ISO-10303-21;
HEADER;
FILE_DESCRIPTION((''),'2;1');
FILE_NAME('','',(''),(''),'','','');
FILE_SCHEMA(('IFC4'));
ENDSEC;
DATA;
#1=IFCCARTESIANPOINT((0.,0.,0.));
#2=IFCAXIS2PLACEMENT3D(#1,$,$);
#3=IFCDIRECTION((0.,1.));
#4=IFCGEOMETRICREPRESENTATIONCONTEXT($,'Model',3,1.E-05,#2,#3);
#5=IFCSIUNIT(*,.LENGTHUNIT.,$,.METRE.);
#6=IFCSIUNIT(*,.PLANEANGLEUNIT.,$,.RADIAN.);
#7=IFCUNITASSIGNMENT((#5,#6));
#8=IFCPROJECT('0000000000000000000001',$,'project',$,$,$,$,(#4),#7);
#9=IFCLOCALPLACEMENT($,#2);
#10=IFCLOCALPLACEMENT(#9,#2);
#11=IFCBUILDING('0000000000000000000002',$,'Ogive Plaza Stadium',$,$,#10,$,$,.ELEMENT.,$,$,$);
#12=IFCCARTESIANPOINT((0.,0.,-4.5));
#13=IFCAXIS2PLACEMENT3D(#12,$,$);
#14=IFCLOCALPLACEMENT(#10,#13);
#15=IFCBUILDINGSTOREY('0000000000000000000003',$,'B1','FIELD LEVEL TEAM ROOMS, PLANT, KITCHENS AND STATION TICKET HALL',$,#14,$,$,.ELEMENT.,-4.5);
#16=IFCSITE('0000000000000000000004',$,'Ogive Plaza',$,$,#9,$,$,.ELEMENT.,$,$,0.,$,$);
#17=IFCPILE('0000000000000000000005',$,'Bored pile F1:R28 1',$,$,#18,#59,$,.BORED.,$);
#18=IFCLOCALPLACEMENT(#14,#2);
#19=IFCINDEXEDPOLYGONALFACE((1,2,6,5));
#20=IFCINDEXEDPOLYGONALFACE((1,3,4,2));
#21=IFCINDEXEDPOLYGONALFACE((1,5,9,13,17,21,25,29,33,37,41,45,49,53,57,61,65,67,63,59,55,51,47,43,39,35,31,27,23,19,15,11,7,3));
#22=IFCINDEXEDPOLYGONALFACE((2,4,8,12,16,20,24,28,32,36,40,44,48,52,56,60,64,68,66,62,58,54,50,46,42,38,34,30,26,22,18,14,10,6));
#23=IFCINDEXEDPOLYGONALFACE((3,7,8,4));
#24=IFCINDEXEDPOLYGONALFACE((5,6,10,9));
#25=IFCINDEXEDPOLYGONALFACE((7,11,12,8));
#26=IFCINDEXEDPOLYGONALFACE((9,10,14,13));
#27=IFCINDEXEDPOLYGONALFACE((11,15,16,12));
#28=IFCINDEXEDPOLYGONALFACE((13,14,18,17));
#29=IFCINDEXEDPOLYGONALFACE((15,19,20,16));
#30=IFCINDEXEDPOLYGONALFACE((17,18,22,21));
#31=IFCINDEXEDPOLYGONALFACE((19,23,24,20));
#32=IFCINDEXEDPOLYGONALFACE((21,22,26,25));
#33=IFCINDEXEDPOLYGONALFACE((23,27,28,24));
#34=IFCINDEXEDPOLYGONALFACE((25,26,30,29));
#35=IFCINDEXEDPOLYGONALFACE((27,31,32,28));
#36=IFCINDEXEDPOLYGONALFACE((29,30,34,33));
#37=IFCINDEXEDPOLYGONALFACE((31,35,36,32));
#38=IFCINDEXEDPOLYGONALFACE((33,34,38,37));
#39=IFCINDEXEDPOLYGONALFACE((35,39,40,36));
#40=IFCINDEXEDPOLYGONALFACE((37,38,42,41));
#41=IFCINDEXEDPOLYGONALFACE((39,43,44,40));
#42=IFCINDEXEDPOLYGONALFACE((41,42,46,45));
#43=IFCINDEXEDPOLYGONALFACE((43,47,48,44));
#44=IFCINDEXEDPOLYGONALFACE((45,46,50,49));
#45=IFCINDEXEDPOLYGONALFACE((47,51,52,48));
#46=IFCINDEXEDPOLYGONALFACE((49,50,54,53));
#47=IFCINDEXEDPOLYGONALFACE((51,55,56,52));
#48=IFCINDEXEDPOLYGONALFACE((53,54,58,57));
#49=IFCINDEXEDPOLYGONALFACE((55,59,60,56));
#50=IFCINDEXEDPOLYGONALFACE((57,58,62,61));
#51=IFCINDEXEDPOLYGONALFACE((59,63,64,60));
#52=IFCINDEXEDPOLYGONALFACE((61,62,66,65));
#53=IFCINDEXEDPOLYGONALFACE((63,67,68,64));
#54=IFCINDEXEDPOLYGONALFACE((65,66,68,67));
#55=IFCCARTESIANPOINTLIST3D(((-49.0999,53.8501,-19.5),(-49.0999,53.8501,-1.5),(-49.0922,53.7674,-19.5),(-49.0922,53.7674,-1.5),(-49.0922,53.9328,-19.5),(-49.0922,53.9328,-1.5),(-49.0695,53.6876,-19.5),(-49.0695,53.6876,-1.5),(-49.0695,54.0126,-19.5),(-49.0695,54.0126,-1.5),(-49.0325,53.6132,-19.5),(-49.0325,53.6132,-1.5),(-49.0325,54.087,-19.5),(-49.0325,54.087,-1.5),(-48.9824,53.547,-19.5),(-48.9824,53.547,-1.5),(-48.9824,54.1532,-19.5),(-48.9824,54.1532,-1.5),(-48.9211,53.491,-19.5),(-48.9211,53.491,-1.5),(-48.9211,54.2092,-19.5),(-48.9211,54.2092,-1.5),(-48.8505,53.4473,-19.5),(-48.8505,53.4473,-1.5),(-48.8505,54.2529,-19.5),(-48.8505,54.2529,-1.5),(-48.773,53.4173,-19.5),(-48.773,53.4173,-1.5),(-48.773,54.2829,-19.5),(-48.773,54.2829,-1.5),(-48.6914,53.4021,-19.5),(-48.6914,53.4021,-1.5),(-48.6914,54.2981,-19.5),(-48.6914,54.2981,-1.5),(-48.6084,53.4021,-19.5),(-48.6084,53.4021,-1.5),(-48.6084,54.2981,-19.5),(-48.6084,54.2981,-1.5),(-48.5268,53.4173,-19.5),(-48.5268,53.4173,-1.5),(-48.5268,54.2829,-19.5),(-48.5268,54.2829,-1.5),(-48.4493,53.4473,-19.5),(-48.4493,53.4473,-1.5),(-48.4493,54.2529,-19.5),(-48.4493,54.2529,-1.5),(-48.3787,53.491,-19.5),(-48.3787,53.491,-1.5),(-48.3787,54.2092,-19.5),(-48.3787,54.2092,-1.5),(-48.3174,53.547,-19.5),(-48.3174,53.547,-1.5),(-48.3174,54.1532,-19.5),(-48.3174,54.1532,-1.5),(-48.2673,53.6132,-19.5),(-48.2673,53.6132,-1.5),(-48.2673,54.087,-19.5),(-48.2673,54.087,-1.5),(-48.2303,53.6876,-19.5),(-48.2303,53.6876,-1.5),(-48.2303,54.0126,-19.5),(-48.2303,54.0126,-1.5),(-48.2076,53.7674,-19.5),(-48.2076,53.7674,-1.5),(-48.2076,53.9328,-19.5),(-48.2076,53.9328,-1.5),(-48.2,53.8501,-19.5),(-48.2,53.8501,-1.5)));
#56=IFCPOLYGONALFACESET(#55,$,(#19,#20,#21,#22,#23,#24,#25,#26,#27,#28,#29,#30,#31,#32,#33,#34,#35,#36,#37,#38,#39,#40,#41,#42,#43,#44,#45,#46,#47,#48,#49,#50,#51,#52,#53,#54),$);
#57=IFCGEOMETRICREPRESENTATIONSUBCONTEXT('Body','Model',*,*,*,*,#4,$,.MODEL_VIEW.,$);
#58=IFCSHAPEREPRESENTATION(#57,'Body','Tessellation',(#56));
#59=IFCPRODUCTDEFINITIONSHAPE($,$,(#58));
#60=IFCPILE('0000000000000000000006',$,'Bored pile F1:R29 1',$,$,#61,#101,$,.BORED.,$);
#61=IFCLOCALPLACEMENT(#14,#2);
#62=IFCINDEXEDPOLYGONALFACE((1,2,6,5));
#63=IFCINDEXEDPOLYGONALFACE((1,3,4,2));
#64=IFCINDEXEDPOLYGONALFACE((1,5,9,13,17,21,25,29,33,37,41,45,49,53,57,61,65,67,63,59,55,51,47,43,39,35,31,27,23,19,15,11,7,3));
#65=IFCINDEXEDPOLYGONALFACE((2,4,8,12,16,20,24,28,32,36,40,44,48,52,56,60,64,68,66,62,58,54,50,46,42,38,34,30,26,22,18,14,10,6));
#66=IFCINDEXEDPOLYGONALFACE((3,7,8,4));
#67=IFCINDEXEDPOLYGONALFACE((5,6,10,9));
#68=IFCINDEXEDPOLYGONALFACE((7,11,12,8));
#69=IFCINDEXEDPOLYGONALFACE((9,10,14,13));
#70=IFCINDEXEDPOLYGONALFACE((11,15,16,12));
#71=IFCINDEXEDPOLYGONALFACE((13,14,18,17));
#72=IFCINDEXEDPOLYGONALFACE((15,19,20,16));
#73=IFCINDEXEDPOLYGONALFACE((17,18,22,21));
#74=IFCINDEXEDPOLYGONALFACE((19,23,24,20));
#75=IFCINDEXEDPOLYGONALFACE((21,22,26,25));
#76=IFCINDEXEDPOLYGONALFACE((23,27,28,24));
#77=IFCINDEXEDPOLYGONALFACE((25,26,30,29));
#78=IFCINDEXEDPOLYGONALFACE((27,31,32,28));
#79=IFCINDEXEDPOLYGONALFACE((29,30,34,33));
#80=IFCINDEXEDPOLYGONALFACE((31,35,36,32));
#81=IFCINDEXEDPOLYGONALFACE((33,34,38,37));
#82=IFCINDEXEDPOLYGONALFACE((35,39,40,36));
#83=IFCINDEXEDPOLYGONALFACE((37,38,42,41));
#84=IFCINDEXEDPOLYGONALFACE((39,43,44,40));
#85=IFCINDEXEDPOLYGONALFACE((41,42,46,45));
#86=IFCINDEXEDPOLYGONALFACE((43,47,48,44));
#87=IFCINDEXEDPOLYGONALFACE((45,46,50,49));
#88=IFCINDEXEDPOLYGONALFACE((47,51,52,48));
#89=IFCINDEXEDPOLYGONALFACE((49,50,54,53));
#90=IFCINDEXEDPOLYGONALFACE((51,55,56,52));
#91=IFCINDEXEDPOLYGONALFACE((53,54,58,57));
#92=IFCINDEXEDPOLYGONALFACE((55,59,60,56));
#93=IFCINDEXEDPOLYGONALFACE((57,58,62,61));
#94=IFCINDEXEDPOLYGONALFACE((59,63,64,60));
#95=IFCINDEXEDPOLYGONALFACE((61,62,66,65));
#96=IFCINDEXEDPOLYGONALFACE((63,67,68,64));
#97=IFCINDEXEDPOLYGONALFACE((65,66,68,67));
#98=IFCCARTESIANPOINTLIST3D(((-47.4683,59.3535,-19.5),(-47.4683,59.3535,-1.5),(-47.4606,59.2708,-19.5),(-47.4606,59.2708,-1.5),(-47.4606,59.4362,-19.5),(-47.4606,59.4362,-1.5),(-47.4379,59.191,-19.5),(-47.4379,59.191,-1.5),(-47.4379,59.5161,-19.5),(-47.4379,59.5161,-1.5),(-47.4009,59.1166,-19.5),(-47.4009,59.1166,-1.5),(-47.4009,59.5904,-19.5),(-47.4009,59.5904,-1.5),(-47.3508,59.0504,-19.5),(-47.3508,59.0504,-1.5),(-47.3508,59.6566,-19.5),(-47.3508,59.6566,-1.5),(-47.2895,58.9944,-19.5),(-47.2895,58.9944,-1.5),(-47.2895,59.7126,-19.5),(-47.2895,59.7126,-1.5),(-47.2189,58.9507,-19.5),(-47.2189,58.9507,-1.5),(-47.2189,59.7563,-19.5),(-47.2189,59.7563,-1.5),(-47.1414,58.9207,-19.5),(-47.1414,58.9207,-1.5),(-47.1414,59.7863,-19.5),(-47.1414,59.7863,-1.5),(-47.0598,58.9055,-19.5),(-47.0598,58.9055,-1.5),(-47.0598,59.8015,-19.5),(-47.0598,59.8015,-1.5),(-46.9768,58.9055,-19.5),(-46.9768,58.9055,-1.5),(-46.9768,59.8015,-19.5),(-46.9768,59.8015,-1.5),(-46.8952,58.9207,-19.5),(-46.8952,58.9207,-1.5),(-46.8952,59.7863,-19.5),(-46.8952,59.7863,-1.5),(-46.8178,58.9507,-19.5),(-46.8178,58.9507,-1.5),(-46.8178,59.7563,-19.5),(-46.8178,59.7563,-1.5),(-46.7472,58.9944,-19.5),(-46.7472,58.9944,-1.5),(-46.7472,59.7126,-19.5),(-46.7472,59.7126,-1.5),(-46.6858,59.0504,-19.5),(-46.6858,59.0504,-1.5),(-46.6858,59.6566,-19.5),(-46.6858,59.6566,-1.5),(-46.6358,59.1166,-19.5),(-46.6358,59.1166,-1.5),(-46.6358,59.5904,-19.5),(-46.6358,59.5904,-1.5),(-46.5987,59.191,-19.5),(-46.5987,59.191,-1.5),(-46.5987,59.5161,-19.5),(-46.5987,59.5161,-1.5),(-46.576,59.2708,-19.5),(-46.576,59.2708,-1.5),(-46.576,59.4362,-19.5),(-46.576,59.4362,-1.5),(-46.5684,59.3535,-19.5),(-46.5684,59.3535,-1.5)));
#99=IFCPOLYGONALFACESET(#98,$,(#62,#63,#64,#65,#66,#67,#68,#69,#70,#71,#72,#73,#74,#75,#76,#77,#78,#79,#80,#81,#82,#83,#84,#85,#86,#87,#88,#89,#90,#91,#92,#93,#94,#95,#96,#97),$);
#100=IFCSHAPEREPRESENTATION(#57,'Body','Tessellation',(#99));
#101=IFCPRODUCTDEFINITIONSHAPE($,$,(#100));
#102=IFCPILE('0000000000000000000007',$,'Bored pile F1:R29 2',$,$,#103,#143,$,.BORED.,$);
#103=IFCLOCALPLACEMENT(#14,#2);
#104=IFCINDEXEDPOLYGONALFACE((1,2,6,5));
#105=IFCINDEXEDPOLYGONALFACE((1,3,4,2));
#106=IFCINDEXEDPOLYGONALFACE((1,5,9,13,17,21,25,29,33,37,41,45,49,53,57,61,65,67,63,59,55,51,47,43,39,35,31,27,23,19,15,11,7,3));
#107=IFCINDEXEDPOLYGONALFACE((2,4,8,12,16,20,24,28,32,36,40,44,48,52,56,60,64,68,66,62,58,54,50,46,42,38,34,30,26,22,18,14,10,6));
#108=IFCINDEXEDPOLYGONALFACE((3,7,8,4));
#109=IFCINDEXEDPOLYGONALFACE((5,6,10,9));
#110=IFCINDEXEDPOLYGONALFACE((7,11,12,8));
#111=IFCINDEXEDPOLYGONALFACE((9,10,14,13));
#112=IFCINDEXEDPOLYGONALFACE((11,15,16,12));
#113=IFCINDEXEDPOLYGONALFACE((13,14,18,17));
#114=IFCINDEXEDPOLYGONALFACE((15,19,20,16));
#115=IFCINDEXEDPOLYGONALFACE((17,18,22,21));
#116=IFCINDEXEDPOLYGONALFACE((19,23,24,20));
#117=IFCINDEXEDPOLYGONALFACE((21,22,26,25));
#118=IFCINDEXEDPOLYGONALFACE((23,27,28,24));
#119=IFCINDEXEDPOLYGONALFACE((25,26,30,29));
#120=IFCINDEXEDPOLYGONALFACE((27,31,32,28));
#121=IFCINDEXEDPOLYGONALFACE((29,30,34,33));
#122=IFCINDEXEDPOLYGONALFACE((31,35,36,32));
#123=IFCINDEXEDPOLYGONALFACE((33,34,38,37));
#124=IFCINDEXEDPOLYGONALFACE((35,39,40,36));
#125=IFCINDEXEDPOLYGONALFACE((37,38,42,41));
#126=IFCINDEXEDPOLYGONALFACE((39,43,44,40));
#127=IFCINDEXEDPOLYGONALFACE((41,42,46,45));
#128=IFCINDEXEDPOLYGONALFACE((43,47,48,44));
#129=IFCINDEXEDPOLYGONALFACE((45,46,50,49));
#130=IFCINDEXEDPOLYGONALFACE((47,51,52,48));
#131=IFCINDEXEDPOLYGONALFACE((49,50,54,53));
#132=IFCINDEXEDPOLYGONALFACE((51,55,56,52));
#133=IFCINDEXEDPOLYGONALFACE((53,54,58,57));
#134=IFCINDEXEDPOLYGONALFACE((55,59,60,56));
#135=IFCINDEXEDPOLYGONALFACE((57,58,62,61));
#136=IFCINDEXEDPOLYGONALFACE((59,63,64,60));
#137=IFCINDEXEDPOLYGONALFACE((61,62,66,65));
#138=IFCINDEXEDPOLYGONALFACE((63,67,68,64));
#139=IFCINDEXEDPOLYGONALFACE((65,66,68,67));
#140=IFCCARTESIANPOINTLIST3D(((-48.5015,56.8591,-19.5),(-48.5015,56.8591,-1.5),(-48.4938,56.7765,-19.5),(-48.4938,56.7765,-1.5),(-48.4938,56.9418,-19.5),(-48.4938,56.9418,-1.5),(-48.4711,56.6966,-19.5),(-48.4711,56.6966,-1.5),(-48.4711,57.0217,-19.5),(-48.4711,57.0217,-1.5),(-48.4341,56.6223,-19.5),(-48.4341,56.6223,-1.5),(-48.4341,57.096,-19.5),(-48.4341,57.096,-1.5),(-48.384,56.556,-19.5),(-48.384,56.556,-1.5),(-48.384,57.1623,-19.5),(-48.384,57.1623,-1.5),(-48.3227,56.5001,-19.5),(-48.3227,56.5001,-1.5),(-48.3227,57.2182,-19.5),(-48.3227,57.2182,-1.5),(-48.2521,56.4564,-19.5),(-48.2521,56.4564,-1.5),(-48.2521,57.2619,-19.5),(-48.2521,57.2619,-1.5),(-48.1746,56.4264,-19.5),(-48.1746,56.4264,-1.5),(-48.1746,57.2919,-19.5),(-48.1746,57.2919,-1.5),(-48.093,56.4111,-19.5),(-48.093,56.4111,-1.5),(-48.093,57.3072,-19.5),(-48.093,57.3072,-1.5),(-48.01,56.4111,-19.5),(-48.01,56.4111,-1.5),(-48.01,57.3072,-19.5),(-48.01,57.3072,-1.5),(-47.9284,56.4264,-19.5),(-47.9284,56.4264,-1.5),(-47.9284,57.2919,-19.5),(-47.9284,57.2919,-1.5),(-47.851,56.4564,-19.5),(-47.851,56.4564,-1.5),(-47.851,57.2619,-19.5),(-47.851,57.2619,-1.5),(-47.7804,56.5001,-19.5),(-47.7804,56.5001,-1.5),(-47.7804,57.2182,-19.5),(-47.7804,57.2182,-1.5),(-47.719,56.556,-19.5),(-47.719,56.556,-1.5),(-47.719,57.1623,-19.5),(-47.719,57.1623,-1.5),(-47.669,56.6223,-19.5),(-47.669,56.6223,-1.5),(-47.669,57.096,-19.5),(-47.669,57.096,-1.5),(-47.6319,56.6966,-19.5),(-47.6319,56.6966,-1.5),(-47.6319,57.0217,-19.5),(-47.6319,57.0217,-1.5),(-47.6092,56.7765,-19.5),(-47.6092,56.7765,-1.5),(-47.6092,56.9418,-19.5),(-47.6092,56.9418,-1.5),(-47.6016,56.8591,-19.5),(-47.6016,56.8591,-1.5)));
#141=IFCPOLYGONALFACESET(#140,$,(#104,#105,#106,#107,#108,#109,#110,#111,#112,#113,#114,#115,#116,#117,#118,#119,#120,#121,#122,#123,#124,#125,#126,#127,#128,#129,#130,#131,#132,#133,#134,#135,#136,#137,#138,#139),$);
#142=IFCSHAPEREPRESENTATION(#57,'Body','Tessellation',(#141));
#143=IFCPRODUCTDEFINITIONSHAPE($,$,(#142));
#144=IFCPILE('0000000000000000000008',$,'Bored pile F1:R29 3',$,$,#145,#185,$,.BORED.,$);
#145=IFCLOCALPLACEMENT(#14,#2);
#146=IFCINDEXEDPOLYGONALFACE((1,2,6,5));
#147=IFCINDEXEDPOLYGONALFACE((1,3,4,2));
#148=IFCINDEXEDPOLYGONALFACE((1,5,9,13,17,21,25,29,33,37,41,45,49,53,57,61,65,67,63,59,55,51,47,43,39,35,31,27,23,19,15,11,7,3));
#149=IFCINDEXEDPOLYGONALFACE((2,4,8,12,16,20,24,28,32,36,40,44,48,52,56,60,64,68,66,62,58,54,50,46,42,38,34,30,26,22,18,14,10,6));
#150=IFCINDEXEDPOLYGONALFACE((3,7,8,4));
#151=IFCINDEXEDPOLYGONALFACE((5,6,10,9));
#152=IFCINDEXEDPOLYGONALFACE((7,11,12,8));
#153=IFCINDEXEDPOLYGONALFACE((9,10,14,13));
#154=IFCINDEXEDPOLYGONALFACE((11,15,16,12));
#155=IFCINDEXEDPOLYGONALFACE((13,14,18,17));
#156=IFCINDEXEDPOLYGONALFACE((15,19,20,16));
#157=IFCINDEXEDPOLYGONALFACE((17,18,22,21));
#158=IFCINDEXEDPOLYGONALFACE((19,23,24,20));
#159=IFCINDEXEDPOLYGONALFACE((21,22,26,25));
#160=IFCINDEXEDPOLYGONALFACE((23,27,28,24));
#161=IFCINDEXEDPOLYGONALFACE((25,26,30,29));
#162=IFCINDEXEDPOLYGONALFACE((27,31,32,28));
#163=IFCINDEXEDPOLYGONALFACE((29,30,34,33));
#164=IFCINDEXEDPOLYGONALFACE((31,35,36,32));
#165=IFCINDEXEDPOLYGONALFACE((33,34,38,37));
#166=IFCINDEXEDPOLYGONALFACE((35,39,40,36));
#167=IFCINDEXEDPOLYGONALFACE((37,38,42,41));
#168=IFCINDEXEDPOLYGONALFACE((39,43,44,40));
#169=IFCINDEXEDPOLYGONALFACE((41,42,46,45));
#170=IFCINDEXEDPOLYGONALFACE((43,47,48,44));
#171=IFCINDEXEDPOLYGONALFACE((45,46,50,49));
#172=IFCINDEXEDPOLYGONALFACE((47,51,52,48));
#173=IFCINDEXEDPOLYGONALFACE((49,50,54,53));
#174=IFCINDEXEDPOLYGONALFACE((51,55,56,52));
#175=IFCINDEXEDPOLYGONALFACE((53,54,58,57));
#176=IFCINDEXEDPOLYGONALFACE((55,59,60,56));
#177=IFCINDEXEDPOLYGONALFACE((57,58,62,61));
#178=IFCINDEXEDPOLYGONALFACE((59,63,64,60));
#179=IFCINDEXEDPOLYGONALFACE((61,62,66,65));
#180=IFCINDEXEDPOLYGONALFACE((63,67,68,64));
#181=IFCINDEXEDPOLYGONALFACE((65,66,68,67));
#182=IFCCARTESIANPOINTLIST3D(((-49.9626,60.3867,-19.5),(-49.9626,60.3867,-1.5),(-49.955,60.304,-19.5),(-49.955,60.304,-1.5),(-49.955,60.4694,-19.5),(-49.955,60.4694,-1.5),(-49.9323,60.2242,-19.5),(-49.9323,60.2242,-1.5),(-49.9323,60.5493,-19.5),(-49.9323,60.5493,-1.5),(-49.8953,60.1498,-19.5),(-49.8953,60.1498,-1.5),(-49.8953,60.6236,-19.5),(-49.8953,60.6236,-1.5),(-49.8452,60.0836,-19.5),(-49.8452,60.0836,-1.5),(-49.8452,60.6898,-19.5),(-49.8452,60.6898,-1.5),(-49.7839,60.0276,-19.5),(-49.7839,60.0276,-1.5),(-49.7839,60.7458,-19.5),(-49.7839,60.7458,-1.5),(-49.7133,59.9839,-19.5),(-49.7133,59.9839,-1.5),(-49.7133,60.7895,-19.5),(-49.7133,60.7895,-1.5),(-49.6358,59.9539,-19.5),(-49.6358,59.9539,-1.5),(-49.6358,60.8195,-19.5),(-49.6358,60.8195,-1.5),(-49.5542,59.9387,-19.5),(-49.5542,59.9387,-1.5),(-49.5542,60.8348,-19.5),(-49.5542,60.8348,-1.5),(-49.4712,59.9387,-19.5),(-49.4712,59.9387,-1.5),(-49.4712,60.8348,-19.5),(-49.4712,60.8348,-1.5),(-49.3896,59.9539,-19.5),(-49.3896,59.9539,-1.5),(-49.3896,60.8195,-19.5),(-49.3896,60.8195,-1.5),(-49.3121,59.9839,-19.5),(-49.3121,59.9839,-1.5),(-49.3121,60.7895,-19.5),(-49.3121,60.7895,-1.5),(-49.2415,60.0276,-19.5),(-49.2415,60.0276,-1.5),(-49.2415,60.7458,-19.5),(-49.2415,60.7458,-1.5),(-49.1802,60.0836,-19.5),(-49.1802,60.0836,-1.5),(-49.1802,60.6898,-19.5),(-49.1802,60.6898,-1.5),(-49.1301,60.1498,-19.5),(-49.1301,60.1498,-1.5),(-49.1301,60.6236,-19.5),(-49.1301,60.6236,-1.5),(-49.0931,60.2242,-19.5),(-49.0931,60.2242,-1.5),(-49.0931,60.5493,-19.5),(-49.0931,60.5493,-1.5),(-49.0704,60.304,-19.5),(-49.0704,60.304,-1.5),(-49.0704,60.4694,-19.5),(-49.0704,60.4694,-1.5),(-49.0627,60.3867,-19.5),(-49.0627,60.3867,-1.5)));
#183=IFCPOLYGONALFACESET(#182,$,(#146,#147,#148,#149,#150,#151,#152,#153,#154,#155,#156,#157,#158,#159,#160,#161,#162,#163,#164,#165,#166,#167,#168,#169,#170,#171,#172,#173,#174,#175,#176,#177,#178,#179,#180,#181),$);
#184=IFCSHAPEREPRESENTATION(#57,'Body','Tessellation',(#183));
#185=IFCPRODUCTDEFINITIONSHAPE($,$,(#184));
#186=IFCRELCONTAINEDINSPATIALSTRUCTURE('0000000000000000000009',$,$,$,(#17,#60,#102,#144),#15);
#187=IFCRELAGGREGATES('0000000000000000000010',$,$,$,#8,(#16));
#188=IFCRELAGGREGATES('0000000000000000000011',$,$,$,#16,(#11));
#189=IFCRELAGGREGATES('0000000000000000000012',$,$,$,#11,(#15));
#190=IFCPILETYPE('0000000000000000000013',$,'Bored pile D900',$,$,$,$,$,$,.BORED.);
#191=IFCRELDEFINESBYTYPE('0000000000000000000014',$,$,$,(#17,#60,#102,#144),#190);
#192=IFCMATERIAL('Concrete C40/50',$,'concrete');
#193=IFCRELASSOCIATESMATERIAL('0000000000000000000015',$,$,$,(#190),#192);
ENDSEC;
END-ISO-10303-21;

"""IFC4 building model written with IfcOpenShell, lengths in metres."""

from ifc_helpers import new_model, si_unit, direction, frame, origin, origin_2d, place, context, subcontext, project, spatial, circle, extrude, material, material_profile, profile_set, type_object, element, save


model = new_model("IFC4")

# Units and contexts
model_context = context("Model", 3, precision=1e-05, world=origin(), true_north=direction((0.0, 1.0)))
body_context = subcontext(model_context, "Body", "Model", "MODEL_VIEW")
ifc_project = project(units=[si_unit("LENGTHUNIT", "METRE"), si_unit("PLANEANGLEUNIT", "RADIAN")], contexts=[model_context])

# Site, building, storey
site_placement = place(None, origin())
site = spatial("IfcSite", under=ifc_project, at=site_placement, Name="Ogive Plaza", CompositionType="ELEMENT", RefElevation=0.0)
building_placement = place(site_placement, origin())
building = spatial("IfcBuilding", under=site, at=building_placement, Name="Ogive Plaza Stadium", CompositionType="ELEMENT")
storey_placement = place(building_placement, frame((0.0, 0.0, -4.5)))
storey = spatial("IfcBuildingStorey", under=building, at=storey_placement, Name="B1", Description="FIELD LEVEL TEAM ROOMS, PLANT, KITCHENS AND STATION TICKET HALL", CompositionType="ELEMENT", Elevation=-4.5)

# Piles
ifc_material_1 = material(Name="Concrete C40/50", Category="concrete")
ifc_material_profile_1 = material_profile(ifc_material_1, circle(Radius=0.45, at=origin_2d()), Name="RC D900")
ifc_profile_set_1 = profile_set([ifc_material_profile_1], Name="Concrete C40/50")
pile_type = type_object("IfcPileType", Name="Bored pile D900", PredefinedType="BORED", material=ifc_profile_set_1)
for number, where, z_axis, x_axis, name in (
    (1, (-48.6499, 53.8501, -1.5), (0.0, 0.0, -1.0), (1.0, 0.0, 0.0), "Bored pile F1:R28 1"),
    (2, (-47.0183, 59.3535, -1.5), (0.0, 0.0, -1.0), (1.0, 0.0, 0.0), "Bored pile F1:R29 1"),
    (3, (-48.0515, 56.8591, -1.5), (0.0, 0.0, -1.0), (1.0, 0.0, 0.0), "Bored pile F1:R29 2"),
    (4, (-49.5127, 60.3867, -1.5), (0.0, 0.0, -1.0), (1.0, 0.0, 0.0), "Bored pile F1:R29 3"),
):
    element("IfcPile", number, at=place(storey_placement, frame(where, z_axis=z_axis, x_axis=x_axis)), inside=storey, type_object=pile_type, Name=name, PredefinedType="BORED", context=body_context, shape_type="SweptSolid", body=[
        extrude(circle(Radius=0.45, at=origin_2d()), origin(), (0.0, 0.0, 1.0), 18.0),
    ])

save(model, "model.ifc")
